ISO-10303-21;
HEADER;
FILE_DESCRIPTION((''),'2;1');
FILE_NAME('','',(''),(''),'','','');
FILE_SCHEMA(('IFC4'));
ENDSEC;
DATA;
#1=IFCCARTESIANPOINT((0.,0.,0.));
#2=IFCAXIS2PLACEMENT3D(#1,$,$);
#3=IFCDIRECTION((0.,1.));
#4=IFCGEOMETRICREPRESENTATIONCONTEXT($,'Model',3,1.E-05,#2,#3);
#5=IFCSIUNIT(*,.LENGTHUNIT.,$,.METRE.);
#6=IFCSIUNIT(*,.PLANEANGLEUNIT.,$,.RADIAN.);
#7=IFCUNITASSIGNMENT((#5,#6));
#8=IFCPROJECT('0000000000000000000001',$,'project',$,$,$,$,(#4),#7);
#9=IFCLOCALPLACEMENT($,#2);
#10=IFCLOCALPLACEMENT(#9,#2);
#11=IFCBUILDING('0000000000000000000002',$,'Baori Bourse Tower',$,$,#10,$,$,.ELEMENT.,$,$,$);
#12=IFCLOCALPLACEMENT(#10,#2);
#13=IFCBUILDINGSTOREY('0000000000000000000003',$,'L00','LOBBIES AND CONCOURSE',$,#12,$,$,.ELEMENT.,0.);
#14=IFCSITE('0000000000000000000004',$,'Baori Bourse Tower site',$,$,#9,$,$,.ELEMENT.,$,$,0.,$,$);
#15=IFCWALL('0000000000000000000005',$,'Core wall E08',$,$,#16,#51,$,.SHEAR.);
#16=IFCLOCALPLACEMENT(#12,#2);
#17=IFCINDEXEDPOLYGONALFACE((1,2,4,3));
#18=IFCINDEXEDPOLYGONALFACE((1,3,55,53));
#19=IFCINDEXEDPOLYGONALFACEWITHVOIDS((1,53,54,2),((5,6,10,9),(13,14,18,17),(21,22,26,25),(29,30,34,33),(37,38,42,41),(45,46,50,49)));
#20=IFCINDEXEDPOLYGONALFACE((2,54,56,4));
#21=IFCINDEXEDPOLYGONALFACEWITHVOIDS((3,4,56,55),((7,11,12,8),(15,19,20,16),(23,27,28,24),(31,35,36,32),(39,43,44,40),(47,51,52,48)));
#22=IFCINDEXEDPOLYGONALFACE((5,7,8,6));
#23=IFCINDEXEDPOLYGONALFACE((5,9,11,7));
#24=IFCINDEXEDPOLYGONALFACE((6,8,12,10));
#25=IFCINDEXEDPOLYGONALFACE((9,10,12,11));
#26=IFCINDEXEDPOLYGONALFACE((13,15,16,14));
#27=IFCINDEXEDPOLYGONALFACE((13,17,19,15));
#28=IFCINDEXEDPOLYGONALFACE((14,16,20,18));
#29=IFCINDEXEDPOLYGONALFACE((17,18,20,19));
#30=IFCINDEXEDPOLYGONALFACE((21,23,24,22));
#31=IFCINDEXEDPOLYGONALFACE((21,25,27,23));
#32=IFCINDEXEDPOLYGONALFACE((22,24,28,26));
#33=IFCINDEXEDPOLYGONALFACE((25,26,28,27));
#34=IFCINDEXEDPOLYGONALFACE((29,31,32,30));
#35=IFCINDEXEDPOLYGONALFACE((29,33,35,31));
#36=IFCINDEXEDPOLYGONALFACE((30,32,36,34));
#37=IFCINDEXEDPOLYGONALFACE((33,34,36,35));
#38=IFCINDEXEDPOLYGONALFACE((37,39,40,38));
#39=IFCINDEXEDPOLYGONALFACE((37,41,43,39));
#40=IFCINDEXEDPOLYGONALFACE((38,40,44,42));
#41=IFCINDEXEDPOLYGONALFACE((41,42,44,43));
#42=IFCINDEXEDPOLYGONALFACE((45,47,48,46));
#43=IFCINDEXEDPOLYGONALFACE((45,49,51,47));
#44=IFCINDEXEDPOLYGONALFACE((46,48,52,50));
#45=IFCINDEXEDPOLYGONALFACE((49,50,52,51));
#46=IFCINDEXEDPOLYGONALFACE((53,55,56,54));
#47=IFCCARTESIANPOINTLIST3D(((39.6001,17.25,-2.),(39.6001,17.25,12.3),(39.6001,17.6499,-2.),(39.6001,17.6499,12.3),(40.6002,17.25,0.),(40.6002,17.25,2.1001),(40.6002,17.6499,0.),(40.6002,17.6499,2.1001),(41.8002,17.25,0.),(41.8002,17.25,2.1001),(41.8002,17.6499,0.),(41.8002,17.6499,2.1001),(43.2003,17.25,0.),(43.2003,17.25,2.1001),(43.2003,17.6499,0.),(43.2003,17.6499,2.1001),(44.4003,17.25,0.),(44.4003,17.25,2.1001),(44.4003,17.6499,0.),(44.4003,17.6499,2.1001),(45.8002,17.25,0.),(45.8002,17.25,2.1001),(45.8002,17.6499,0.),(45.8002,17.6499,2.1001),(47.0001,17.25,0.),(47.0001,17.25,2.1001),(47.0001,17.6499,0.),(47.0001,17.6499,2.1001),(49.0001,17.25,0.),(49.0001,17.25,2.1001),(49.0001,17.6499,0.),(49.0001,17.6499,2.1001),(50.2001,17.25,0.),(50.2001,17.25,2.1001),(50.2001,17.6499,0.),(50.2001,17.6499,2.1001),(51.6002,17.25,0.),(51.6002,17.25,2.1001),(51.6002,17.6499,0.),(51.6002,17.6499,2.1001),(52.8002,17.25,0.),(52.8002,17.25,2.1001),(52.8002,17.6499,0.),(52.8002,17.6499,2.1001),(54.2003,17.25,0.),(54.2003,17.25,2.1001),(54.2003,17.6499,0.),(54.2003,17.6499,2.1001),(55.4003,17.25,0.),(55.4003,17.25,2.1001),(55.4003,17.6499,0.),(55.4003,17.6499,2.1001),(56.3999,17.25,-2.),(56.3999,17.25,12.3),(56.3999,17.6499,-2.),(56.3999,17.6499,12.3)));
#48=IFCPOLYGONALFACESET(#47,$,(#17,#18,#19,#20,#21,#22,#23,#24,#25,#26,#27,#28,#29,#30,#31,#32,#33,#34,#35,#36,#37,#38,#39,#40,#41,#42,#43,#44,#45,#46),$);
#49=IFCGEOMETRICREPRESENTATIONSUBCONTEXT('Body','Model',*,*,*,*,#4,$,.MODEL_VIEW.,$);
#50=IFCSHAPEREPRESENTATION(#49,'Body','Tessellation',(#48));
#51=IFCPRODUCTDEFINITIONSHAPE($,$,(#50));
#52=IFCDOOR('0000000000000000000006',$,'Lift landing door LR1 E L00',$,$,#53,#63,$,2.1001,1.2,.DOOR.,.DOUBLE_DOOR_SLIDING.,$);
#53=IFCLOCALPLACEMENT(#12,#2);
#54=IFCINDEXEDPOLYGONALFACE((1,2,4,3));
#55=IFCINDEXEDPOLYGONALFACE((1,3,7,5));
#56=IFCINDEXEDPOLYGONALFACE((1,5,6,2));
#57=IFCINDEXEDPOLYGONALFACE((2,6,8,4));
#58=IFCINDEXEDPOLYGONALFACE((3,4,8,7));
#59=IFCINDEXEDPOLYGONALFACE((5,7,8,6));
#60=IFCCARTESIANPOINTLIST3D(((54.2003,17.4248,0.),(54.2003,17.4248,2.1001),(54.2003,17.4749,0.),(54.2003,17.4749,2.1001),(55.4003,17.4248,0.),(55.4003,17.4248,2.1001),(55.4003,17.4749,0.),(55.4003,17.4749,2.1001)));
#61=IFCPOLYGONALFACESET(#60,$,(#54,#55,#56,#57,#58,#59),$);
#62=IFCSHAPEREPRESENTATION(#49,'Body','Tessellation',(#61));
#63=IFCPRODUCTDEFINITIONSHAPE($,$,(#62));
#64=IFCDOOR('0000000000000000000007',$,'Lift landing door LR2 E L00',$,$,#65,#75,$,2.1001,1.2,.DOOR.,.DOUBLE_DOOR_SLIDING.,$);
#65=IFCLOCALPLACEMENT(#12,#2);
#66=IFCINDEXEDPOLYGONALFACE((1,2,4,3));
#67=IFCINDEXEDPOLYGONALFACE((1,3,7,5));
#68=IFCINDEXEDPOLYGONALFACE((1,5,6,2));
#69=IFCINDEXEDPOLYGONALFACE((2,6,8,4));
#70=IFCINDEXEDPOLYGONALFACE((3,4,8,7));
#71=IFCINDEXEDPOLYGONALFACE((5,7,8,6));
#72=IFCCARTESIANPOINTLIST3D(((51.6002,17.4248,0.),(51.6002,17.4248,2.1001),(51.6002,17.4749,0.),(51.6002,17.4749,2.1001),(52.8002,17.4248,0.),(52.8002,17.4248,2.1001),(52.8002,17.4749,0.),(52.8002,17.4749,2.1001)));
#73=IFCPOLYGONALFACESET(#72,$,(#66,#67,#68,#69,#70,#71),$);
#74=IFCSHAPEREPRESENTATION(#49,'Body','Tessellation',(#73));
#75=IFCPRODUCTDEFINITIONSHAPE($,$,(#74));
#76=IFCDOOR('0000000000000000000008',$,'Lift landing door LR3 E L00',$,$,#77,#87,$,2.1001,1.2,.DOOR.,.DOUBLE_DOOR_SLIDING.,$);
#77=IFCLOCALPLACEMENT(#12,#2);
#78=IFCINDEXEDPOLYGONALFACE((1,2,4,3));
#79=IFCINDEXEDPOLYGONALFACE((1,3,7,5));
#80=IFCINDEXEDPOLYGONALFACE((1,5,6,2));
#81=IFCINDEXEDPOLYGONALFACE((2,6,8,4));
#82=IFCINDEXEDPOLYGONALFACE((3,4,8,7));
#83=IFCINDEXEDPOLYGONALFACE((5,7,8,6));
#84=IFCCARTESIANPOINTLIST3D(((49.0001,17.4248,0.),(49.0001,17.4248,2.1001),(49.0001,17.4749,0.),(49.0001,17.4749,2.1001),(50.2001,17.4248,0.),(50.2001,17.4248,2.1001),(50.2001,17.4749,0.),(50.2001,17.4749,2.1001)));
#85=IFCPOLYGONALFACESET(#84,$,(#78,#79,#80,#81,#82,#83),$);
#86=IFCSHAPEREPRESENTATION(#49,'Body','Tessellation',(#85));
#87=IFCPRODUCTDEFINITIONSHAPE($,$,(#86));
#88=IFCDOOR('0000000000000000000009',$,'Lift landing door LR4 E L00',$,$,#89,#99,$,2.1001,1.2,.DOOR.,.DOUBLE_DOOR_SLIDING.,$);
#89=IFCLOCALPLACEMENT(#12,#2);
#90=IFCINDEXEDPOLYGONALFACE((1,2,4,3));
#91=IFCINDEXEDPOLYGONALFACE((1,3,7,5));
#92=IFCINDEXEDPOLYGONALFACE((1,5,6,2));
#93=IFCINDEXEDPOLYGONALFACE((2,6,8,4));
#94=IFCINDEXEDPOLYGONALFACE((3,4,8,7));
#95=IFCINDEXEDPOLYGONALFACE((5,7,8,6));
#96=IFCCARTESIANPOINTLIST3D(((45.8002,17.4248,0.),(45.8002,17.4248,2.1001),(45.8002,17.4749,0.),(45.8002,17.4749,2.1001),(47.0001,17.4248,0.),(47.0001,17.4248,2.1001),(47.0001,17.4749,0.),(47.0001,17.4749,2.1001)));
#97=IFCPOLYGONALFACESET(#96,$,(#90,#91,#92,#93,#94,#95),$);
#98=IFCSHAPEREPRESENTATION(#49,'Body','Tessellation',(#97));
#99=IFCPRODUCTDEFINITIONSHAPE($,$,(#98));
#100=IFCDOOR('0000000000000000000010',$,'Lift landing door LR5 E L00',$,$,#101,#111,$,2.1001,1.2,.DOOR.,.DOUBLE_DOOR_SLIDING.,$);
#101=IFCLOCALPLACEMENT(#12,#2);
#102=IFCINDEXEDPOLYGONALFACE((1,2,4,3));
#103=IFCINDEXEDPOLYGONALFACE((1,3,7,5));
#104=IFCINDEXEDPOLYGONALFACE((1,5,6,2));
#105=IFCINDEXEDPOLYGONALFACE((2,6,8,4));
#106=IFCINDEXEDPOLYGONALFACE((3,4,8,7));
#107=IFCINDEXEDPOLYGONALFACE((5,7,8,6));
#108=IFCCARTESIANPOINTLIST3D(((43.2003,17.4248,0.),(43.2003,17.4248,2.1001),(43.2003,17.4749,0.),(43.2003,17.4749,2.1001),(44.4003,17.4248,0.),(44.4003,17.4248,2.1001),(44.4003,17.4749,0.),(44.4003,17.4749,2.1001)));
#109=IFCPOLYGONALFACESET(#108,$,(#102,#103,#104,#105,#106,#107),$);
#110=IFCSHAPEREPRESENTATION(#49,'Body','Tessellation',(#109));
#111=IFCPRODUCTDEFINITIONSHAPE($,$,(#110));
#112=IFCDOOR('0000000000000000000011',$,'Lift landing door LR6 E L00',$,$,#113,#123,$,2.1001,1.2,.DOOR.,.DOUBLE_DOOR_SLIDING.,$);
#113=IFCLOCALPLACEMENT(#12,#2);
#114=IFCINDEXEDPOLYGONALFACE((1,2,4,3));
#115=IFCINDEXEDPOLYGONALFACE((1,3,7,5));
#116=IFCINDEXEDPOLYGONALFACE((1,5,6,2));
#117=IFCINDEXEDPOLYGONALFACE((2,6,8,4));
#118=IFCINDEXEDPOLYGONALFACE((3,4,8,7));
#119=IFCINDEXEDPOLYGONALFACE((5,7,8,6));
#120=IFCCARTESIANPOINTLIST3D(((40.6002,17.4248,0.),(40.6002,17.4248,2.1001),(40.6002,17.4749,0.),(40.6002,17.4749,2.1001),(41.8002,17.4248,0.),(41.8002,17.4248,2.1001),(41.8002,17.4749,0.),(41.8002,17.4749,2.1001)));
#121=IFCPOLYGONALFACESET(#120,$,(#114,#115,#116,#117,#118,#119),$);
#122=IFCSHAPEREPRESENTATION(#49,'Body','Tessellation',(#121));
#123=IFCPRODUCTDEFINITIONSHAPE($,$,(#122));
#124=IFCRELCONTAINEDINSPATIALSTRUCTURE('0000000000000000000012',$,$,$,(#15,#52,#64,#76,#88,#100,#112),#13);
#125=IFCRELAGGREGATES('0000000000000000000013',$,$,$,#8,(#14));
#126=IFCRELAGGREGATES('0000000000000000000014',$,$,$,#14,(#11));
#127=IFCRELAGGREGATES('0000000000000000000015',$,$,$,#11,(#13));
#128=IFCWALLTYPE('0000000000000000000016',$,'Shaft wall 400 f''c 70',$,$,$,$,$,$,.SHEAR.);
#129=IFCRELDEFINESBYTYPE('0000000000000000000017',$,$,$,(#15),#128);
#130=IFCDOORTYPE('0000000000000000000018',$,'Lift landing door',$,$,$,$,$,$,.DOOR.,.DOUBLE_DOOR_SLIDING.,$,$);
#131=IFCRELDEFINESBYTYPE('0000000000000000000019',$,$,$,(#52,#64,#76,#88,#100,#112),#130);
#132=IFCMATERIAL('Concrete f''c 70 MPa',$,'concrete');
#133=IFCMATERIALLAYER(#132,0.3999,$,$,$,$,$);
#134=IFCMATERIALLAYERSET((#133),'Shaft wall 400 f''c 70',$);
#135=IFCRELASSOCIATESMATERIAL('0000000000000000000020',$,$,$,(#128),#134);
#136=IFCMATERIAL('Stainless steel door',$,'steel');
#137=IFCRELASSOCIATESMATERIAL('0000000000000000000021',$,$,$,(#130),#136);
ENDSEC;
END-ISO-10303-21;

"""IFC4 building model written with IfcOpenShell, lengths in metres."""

from ifc_helpers import new_model, si_unit, direction, frame, frame_2d, origin, place, context, subcontext, project, spatial, rectangle, extrude, material, layer, layer_set, type_object, element, fill, save


model = new_model("IFC4")

# Units and contexts
model_context = context("Model", 3, precision=1e-05, world=origin(), true_north=direction((0.0, 1.0)))
body_context = subcontext(model_context, "Body", "Model", "MODEL_VIEW")
ifc_project = project(units=[si_unit("LENGTHUNIT", "METRE"), si_unit("PLANEANGLEUNIT", "RADIAN")], contexts=[model_context])

# Site, building, storey
site_placement = place(None, origin())
site = spatial("IfcSite", under=ifc_project, at=site_placement, Name="Baori Bourse Tower site", CompositionType="ELEMENT", RefElevation=0.0)
building_placement = place(site_placement, origin())
building = spatial("IfcBuilding", under=site, at=building_placement, Name="Baori Bourse Tower", CompositionType="ELEMENT")
storey_placement = place(building_placement, origin())
storey = spatial("IfcBuildingStorey", under=building, at=storey_placement, Name="L00", Description="LOBBIES AND CONCOURSE", CompositionType="ELEMENT", Elevation=0.0)

# Shared definitions
ifc_material_1 = material(Name="Concrete f'c 70 MPa", Category="concrete")
ifc_layer_1 = layer(ifc_material_1, 0.3999)
ifc_layer_set_1 = layer_set([ifc_layer_1], Name="Shaft wall 400 f'c 70")
wall_type_1 = type_object("IfcWallType", Name="Shaft wall 400 f'c 70", PredefinedType="SHEAR", material=ifc_layer_set_1)

# Wall, openings, doors
wall_1_placement = place(storey_placement, frame((39.6001, 17.45, -2.0), z_axis=(0.0, 0.0, 1.0), x_axis=(1.0, 0.0, 0.0)))
wall_1 = element("IfcWall", 1, at=wall_1_placement, inside=storey, type_object=wall_type_1, Name="Core wall E08", PredefinedType="SHEAR", context=body_context, shape_type="SweptSolid", body=[
    extrude(rectangle(XDim=16.7998, YDim=0.3999, at=frame_2d((8.3999, 0.0))), origin(), (0.0, 0.0, 1.0), 14.3),
])
opening_1_placement = place(wall_1_placement, frame((14.6001, 0.0, 2.0)))
opening_1 = element("IfcOpeningElement", 2, at=opening_1_placement, cuts=wall_1, PredefinedType="OPENING", context=body_context, shape_type="SweptSolid", body=[
    extrude(rectangle(XDim=1.2, YDim=2.1001, at=frame_2d((0.6001, 1.05))), frame((0.0, 0.21, 0.0), z_axis=(0.0, -1.0, 0.0), x_axis=(1.0, 0.0, 0.0)), (0.0, 0.0, 1.0), 0.4199),
])
opening_2_placement = place(wall_1_placement, frame((12.0, 0.0, 2.0)))
opening_2 = element("IfcOpeningElement", 3, at=opening_2_placement, cuts=wall_1, PredefinedType="OPENING", context=body_context, shape_type="SweptSolid", body=[
    extrude(rectangle(XDim=1.2, YDim=2.1001, at=frame_2d((0.6001, 1.05))), frame((0.0, 0.21, 0.0), z_axis=(0.0, -1.0, 0.0), x_axis=(1.0, 0.0, 0.0)), (0.0, 0.0, 1.0), 0.4199),
])
opening_3_placement = place(wall_1_placement, frame((9.3999, 0.0, 2.0)))
opening_3 = element("IfcOpeningElement", 4, at=opening_3_placement, cuts=wall_1, PredefinedType="OPENING", context=body_context, shape_type="SweptSolid", body=[
    extrude(rectangle(XDim=1.2, YDim=2.1001, at=frame_2d((0.6001, 1.05))), frame((0.0, 0.21, 0.0), z_axis=(0.0, -1.0, 0.0), x_axis=(1.0, 0.0, 0.0)), (0.0, 0.0, 1.0), 0.4199),
])
opening_4_placement = place(wall_1_placement, frame((6.2, 0.0, 2.0)))
opening_4 = element("IfcOpeningElement", 5, at=opening_4_placement, cuts=wall_1, PredefinedType="OPENING", context=body_context, shape_type="SweptSolid", body=[
    extrude(rectangle(XDim=1.2, YDim=2.1001, at=frame_2d((0.6001, 1.05))), frame((0.0, 0.21, 0.0), z_axis=(0.0, -1.0, 0.0), x_axis=(1.0, 0.0, 0.0)), (0.0, 0.0, 1.0), 0.4199),
])
opening_5_placement = place(wall_1_placement, frame((3.6001, 0.0, 2.0)))
opening_5 = element("IfcOpeningElement", 6, at=opening_5_placement, cuts=wall_1, PredefinedType="OPENING", context=body_context, shape_type="SweptSolid", body=[
    extrude(rectangle(XDim=1.2, YDim=2.1001, at=frame_2d((0.6001, 1.05))), frame((0.0, 0.21, 0.0), z_axis=(0.0, -1.0, 0.0), x_axis=(1.0, 0.0, 0.0)), (0.0, 0.0, 1.0), 0.4199),
])
opening_6_placement = place(wall_1_placement, frame((1.0, 0.0, 2.0)))
opening_6 = element("IfcOpeningElement", 7, at=opening_6_placement, cuts=wall_1, PredefinedType="OPENING", context=body_context, shape_type="SweptSolid", body=[
    extrude(rectangle(XDim=1.2, YDim=2.1001, at=frame_2d((0.6001, 1.05))), frame((0.0, 0.21, 0.0), z_axis=(0.0, -1.0, 0.0), x_axis=(1.0, 0.0, 0.0)), (0.0, 0.0, 1.0), 0.4199),
])
ifc_material_2 = material(Name="Stainless steel door", Category="steel")
door_type_1 = type_object("IfcDoorType", Name="Lift landing door", OperationType="DOUBLE_DOOR_SLIDING", PredefinedType="DOOR", material=ifc_material_2)
door_1_placement = place(opening_1_placement, origin())
door_1 = element("IfcDoor", 8, at=door_1_placement, inside=storey, type_object=door_type_1, Name="Lift landing door LR1 E L00", OperationType="DOUBLE_DOOR_SLIDING", OverallHeight=2.1001, OverallWidth=1.2, PredefinedType="DOOR", context=body_context, shape_type="SweptSolid", body=[
    extrude(rectangle(XDim=1.2, YDim=2.1001, at=frame_2d((0.6001, 1.05))), frame((0.0, 0.0249, 0.0), z_axis=(0.0, -1.0, 0.0), x_axis=(1.0, 0.0, 0.0)), (0.0, 0.0, 1.0), 0.05),
])
fill(opening_1, door_1)
door_2_placement = place(opening_2_placement, origin())
door_2 = element("IfcDoor", 9, at=door_2_placement, inside=storey, type_object=door_type_1, Name="Lift landing door LR2 E L00", OperationType="DOUBLE_DOOR_SLIDING", OverallHeight=2.1001, OverallWidth=1.2, PredefinedType="DOOR", context=body_context, shape_type="SweptSolid", body=[
    extrude(rectangle(XDim=1.2, YDim=2.1001, at=frame_2d((0.6001, 1.05))), frame((0.0, 0.0249, 0.0), z_axis=(0.0, -1.0, 0.0), x_axis=(1.0, 0.0, 0.0)), (0.0, 0.0, 1.0), 0.05),
])
fill(opening_2, door_2)
door_3_placement = place(opening_3_placement, origin())
door_3 = element("IfcDoor", 10, at=door_3_placement, inside=storey, type_object=door_type_1, Name="Lift landing door LR3 E L00", OperationType="DOUBLE_DOOR_SLIDING", OverallHeight=2.1001, OverallWidth=1.2, PredefinedType="DOOR", context=body_context, shape_type="SweptSolid", body=[
    extrude(rectangle(XDim=1.2, YDim=2.1001, at=frame_2d((0.6001, 1.05))), frame((0.0, 0.0249, 0.0), z_axis=(0.0, -1.0, 0.0), x_axis=(1.0, 0.0, 0.0)), (0.0, 0.0, 1.0), 0.05),
])
fill(opening_3, door_3)
door_4_placement = place(opening_4_placement, origin())
door_4 = element("IfcDoor", 11, at=door_4_placement, inside=storey, type_object=door_type_1, Name="Lift landing door LR4 E L00", OperationType="DOUBLE_DOOR_SLIDING", OverallHeight=2.1001, OverallWidth=1.2, PredefinedType="DOOR", context=body_context, shape_type="SweptSolid", body=[
    extrude(rectangle(XDim=1.2, YDim=2.1001, at=frame_2d((0.6001, 1.05))), frame((0.0, 0.0249, 0.0), z_axis=(0.0, -1.0, 0.0), x_axis=(1.0, 0.0, 0.0)), (0.0, 0.0, 1.0), 0.05),
])
fill(opening_4, door_4)
door_5_placement = place(opening_5_placement, origin())
door_5 = element("IfcDoor", 12, at=door_5_placement, inside=storey, type_object=door_type_1, Name="Lift landing door LR5 E L00", OperationType="DOUBLE_DOOR_SLIDING", OverallHeight=2.1001, OverallWidth=1.2, PredefinedType="DOOR", context=body_context, shape_type="SweptSolid", body=[
    extrude(rectangle(XDim=1.2, YDim=2.1001, at=frame_2d((0.6001, 1.05))), frame((0.0, 0.0249, 0.0), z_axis=(0.0, -1.0, 0.0), x_axis=(1.0, 0.0, 0.0)), (0.0, 0.0, 1.0), 0.05),
])
fill(opening_5, door_5)
door_6_placement = place(opening_6_placement, origin())
door_6 = element("IfcDoor", 13, at=door_6_placement, inside=storey, type_object=door_type_1, Name="Lift landing door LR6 E L00", OperationType="DOUBLE_DOOR_SLIDING", OverallHeight=2.1001, OverallWidth=1.2, PredefinedType="DOOR", context=body_context, shape_type="SweptSolid", body=[
    extrude(rectangle(XDim=1.2, YDim=2.1001, at=frame_2d((0.6001, 1.05))), frame((0.0, 0.0249, 0.0), z_axis=(0.0, -1.0, 0.0), x_axis=(1.0, 0.0, 0.0)), (0.0, 0.0, 1.0), 0.05),
])
fill(opening_6, door_6)

save(model, "model.ifc")
